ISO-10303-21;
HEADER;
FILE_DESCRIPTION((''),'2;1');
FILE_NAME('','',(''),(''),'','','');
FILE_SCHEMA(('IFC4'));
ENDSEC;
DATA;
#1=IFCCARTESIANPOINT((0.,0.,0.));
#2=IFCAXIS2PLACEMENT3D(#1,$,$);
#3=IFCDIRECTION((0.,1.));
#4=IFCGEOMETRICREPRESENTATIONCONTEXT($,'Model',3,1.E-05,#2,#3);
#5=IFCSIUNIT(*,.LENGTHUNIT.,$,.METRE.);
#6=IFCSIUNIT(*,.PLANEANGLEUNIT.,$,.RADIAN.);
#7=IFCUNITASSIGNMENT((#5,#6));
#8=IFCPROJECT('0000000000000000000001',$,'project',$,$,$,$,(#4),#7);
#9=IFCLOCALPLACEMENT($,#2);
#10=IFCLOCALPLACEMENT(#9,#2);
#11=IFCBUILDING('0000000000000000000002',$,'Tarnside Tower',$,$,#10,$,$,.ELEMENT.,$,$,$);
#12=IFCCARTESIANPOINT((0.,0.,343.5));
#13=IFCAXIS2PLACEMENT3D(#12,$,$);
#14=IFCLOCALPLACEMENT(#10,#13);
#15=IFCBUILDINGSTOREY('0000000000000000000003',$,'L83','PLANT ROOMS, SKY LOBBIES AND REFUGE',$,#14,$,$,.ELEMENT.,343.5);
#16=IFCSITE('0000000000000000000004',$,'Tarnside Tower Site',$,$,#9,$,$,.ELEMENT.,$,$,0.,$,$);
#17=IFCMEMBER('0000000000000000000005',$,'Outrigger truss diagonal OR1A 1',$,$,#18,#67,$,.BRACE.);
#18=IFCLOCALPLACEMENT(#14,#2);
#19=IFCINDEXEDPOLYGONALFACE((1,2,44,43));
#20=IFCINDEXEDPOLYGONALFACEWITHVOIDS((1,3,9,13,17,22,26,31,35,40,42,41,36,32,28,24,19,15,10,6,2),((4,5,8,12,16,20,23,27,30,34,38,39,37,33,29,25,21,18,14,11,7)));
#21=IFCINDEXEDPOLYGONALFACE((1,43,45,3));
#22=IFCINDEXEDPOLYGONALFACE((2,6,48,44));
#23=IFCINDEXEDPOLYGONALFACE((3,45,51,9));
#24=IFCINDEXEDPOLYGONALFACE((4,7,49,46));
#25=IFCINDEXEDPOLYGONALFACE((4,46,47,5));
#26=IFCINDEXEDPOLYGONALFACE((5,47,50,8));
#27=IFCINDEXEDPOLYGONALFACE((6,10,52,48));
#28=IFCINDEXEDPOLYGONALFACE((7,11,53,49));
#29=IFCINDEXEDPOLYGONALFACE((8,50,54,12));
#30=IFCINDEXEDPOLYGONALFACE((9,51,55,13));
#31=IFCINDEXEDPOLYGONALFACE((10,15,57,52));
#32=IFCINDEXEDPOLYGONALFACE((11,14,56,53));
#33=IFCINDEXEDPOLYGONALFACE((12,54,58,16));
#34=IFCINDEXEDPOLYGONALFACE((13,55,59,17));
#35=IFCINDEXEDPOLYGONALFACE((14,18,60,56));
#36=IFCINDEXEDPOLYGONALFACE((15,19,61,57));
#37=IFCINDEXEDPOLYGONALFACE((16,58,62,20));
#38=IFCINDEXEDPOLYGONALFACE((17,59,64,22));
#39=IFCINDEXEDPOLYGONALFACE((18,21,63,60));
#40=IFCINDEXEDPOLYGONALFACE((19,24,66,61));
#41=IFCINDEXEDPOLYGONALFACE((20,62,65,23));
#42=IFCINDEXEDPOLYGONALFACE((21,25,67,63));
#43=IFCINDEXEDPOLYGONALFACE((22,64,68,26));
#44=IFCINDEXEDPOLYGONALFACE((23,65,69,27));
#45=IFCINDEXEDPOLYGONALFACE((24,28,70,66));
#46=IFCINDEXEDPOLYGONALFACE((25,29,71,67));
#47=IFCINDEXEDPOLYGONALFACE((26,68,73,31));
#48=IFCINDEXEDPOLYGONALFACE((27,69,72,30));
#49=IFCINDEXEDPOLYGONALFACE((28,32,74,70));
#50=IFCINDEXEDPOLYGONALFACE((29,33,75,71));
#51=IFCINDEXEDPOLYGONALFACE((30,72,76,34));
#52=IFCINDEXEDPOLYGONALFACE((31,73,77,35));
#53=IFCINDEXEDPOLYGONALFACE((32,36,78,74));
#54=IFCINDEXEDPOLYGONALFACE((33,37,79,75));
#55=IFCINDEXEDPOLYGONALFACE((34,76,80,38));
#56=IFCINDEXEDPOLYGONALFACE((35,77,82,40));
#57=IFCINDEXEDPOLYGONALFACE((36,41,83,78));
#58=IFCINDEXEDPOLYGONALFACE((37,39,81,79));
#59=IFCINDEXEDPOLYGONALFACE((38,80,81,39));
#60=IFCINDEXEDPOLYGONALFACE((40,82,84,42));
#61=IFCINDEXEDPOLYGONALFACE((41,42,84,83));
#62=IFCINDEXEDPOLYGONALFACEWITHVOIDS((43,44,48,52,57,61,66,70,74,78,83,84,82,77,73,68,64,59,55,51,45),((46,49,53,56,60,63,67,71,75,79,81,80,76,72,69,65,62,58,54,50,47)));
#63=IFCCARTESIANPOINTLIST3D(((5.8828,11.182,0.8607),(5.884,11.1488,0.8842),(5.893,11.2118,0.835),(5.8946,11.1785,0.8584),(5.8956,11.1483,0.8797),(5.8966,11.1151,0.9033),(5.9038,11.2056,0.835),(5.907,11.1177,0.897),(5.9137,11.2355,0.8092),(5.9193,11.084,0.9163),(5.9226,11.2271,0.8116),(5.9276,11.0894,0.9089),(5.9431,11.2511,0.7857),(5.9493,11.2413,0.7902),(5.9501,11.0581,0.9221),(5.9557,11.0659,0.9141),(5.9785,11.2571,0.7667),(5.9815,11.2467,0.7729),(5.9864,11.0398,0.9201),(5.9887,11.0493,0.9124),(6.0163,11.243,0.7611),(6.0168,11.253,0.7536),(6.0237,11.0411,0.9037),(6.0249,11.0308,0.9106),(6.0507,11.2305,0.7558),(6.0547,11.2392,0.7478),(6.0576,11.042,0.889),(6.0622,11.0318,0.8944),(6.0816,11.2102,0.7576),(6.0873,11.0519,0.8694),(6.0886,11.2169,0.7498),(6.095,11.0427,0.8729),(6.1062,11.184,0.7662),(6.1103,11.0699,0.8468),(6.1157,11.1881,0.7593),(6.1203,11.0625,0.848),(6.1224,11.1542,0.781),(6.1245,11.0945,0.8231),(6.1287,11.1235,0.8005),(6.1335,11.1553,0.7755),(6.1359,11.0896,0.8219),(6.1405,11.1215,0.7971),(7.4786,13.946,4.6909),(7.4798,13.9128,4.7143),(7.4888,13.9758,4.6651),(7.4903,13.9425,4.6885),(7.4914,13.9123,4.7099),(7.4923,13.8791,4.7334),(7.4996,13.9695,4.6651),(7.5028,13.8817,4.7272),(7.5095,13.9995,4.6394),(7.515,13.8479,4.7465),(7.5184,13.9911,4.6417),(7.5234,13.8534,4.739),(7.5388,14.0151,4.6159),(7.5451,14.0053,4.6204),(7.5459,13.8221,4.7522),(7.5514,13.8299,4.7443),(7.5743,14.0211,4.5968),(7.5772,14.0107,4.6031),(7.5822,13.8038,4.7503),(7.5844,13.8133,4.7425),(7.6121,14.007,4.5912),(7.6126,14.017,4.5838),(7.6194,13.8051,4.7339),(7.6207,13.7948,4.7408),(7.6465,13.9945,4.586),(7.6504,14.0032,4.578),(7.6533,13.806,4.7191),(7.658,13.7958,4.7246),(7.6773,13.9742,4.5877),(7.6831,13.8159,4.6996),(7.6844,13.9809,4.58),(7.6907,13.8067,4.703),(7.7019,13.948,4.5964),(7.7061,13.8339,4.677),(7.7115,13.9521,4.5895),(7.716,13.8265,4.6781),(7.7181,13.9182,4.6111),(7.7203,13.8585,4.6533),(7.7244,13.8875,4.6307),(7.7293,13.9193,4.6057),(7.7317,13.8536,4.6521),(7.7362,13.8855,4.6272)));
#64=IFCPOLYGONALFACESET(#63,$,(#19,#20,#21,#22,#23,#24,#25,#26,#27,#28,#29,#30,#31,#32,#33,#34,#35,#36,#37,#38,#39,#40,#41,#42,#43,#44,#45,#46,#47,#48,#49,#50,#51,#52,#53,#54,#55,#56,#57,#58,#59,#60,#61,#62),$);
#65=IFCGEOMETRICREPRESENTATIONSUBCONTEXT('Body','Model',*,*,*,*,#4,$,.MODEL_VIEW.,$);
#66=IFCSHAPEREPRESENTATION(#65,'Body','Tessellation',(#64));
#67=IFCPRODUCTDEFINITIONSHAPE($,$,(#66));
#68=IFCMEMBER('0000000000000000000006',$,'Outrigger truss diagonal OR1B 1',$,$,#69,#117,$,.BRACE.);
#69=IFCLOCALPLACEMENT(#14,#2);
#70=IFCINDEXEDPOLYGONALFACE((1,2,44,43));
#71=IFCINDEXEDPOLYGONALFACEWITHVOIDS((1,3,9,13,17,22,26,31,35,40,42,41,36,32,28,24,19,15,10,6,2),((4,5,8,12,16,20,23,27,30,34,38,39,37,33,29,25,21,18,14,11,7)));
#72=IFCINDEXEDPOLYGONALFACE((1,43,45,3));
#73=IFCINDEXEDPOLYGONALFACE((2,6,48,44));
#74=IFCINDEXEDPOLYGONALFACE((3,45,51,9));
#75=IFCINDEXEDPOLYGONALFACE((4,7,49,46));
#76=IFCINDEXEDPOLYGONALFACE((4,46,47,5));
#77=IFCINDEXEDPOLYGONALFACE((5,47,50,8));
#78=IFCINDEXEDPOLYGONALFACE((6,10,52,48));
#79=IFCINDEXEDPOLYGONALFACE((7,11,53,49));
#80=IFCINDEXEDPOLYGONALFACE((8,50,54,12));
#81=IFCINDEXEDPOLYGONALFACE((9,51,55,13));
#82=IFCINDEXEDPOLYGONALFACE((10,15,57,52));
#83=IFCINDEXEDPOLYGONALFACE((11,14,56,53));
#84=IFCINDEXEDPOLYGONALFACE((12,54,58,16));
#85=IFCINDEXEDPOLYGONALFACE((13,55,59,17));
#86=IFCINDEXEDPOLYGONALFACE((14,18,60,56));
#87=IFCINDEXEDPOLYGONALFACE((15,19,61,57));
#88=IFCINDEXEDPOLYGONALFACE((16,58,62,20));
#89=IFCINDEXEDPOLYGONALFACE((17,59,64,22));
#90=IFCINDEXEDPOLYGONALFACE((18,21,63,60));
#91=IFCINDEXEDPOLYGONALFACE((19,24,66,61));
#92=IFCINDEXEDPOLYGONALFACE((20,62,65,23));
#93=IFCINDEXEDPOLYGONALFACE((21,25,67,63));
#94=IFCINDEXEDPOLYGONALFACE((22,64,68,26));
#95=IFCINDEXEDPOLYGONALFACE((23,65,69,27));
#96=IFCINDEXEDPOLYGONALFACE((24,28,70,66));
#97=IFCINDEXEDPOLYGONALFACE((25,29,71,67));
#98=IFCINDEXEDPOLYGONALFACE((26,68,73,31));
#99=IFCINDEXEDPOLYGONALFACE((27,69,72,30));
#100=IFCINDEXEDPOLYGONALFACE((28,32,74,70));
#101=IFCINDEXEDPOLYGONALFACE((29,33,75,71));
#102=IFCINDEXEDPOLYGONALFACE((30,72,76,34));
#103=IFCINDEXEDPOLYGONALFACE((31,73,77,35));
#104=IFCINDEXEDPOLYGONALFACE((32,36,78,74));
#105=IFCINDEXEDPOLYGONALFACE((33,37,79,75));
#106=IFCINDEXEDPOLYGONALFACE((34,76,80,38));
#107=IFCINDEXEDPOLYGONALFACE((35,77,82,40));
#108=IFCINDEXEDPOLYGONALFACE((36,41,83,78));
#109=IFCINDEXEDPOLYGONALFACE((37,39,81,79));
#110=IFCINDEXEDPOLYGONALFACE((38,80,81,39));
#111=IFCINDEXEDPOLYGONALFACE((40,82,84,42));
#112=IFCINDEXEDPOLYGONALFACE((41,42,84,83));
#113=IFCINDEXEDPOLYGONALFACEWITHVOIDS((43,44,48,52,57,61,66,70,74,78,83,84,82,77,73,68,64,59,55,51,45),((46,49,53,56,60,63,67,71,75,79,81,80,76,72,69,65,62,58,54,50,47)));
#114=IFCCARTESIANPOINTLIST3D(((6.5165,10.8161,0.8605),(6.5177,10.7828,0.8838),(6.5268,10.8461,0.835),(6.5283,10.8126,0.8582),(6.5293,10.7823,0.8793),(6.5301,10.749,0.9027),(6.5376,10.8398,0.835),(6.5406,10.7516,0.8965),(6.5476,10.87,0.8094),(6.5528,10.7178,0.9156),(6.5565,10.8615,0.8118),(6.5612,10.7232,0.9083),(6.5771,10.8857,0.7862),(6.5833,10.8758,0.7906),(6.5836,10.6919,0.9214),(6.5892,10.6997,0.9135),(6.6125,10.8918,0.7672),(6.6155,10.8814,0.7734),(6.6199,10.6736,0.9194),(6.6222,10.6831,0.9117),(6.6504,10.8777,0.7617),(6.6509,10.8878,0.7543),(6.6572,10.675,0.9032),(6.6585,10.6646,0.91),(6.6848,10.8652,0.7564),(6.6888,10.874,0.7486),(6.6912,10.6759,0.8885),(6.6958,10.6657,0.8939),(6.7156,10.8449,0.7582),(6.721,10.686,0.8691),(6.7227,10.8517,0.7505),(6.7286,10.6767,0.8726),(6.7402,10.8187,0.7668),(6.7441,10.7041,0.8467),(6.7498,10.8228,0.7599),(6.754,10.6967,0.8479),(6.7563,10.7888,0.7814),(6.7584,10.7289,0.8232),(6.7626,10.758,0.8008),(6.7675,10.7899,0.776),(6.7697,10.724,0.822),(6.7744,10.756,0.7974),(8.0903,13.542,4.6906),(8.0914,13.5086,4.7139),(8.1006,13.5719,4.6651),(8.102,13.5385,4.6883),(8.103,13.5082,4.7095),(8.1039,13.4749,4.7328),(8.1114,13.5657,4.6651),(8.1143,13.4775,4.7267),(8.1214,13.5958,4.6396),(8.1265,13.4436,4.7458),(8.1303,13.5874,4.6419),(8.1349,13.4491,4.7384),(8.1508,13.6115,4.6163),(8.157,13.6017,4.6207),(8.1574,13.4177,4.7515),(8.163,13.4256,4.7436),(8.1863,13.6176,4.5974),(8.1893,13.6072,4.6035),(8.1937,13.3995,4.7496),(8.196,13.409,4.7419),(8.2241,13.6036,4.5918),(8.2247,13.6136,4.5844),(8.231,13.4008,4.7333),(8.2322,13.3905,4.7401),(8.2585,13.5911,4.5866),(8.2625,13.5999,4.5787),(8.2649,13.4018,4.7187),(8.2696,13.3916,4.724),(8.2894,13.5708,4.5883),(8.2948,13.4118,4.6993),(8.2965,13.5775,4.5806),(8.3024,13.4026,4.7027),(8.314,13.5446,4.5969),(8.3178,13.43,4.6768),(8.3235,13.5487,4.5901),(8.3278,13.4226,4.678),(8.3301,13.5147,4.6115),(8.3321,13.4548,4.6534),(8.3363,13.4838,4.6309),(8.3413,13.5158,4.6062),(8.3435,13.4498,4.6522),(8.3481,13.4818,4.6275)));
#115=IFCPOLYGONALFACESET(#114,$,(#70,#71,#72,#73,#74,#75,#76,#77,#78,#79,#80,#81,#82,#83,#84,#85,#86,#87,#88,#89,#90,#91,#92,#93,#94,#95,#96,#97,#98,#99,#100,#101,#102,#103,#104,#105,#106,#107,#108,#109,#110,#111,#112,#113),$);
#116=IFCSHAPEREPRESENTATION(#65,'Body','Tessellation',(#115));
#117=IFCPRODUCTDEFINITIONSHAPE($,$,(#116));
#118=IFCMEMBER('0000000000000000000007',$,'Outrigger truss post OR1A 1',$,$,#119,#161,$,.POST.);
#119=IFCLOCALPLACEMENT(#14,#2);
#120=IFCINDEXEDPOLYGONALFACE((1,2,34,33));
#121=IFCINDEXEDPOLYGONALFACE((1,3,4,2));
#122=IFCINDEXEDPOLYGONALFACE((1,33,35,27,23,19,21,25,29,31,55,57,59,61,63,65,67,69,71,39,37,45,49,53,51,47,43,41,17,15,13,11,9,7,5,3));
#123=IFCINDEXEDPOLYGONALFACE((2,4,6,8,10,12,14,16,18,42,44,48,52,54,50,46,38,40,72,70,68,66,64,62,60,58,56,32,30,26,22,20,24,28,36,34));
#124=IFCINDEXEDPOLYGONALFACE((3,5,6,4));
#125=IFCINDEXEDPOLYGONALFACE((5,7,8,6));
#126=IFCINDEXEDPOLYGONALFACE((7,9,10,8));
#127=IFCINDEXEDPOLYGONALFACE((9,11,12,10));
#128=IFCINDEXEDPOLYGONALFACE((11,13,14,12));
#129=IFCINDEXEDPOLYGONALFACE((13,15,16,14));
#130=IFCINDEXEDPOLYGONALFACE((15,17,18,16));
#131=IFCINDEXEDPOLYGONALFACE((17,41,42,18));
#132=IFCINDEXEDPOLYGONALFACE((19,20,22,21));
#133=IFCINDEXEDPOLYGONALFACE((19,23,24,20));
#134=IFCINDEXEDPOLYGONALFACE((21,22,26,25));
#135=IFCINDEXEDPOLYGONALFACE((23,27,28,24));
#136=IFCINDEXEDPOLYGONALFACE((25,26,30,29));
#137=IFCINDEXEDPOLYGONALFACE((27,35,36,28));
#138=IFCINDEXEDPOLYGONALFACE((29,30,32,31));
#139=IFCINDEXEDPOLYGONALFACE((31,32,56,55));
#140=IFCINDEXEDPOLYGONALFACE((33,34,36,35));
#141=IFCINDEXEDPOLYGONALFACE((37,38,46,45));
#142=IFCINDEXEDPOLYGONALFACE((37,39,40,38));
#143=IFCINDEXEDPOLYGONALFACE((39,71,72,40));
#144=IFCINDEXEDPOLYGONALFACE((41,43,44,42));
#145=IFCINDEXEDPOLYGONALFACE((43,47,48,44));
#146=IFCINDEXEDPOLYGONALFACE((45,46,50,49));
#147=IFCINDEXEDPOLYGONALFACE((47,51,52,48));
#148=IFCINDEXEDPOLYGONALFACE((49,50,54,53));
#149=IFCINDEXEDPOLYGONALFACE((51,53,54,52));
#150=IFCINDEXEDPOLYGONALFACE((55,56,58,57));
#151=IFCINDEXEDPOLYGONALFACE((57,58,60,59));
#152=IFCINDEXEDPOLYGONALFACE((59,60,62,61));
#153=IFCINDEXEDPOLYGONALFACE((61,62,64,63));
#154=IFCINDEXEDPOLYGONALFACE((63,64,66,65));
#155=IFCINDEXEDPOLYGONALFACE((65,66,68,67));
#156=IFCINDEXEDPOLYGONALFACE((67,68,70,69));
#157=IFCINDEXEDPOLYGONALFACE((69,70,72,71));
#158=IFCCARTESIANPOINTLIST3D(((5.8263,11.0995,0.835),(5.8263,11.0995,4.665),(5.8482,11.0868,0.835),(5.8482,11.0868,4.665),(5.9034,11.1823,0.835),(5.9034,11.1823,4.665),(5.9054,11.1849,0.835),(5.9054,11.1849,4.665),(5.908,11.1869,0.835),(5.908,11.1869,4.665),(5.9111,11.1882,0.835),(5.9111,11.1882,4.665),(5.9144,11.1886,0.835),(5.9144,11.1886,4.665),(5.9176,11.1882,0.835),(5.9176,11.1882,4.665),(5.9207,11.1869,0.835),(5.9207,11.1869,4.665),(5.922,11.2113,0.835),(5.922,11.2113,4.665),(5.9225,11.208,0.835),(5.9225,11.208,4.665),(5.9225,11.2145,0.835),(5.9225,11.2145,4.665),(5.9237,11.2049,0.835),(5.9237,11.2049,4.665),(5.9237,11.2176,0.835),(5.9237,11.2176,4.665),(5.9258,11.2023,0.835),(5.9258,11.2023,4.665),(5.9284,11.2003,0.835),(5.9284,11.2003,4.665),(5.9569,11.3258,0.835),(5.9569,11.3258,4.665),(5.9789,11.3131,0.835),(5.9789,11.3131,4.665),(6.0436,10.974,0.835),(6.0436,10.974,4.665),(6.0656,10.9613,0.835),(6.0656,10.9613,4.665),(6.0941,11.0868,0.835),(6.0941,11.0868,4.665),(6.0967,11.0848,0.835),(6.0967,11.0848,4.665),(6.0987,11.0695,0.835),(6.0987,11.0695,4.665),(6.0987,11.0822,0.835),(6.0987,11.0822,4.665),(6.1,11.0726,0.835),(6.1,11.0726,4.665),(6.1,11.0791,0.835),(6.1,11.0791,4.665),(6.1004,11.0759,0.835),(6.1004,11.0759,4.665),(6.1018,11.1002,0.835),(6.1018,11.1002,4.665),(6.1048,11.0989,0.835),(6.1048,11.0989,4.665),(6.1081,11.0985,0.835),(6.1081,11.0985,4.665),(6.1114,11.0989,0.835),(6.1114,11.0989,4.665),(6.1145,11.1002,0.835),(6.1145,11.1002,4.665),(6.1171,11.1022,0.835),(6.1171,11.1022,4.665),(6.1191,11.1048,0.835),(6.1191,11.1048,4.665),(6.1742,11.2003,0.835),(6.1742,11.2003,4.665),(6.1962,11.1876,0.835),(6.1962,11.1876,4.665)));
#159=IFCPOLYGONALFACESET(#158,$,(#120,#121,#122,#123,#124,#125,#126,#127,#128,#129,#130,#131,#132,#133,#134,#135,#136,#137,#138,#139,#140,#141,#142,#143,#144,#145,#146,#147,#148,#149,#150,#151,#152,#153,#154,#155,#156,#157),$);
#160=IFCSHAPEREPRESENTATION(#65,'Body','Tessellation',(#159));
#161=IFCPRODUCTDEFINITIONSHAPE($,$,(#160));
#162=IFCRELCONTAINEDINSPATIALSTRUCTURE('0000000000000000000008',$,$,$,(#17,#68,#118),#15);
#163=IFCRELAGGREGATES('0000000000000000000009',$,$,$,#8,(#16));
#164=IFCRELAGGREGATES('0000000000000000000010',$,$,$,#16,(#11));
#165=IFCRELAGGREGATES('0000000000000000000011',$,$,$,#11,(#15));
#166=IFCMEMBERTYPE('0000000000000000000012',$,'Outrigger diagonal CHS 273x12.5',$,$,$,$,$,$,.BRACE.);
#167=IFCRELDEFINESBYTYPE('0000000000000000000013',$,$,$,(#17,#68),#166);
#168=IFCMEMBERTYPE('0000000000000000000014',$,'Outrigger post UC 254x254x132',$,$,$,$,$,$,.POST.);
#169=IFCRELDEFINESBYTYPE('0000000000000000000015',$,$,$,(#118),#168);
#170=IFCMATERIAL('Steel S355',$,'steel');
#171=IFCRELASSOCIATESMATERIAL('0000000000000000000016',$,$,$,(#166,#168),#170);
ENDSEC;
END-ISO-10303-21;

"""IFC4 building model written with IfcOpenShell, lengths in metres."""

from ifc_helpers import new_model, si_unit, direction, frame, origin, origin_2d, place, context, subcontext, project, spatial, hollow_circle, i_section, extrude, material, material_profile, profile_set, type_object, element, save


model = new_model("IFC4")

# Units and contexts
model_context = context("Model", 3, precision=1e-05, world=origin(), true_north=direction((0.0, 1.0)))
body_context = subcontext(model_context, "Body", "Model", "MODEL_VIEW")
ifc_project = project(units=[si_unit("LENGTHUNIT", "METRE"), si_unit("PLANEANGLEUNIT", "RADIAN")], contexts=[model_context])

# Site, building, storey
site_placement = place(None, origin())
site = spatial("IfcSite", under=ifc_project, at=site_placement, Name="Tarnside Tower Site", CompositionType="ELEMENT", RefElevation=0.0)
building_placement = place(site_placement, origin())
building = spatial("IfcBuilding", under=site, at=building_placement, Name="Tarnside Tower", CompositionType="ELEMENT")
storey_placement = place(building_placement, frame((0.0, 0.0, 343.5)))
storey = spatial("IfcBuildingStorey", under=building, at=storey_placement, Name="L83", Description="PLANT ROOMS, SKY LOBBIES AND REFUGE", CompositionType="ELEMENT", Elevation=343.5)

# Members
ifc_material_1 = material(Name="Steel S355", Category="steel")
ifc_material_profile_1 = material_profile(ifc_material_1, hollow_circle(Radius=0.1365, WallThickness=0.0125, at=origin_2d()), Name="CHS 273x12.5")
ifc_profile_set_1 = profile_set([ifc_material_profile_1], Name="Steel S355")
member_type_1 = type_object("IfcMemberType", Name="Outrigger diagonal CHS 273x12.5", PredefinedType="BRACE", material=ifc_profile_set_1)
member_1_placement = place(storey_placement, frame((6.0112, 11.1436, 0.835), z_axis=(0.32007, 0.554393, 0.768247), x_axis=(-0.866031, 0.49999, 0.0)))
element("IfcMember", 1, at=member_1_placement, inside=storey, type_object=member_type_1, Name="Outrigger truss diagonal OR1A 1", PredefinedType="BRACE", context=body_context, shape_type="SweptSolid", body=[
    extrude(hollow_circle(Radius=0.1365, WallThickness=0.0125, at=origin_2d()), origin(), (0.0, 0.0, 1.0), 4.9856),
])
member_2_placement = place(storey_placement, frame((6.645, 10.7778, 0.835), z_axis=(0.317448, 0.549846, 0.772591), x_axis=(-0.866029, 0.499993, 0.0)))
element("IfcMember", 2, at=member_2_placement, inside=storey, type_object=member_type_1, Name="Outrigger truss diagonal OR1B 1", PredefinedType="BRACE", context=body_context, shape_type="SweptSolid", body=[
    extrude(hollow_circle(Radius=0.1365, WallThickness=0.0125, at=origin_2d()), origin(), (0.0, 0.0, 1.0), 4.9575),
])
ifc_material_profile_2 = material_profile(ifc_material_1, i_section(OverallWidth=0.2612, OverallDepth=0.2764, WebThickness=0.0154, FlangeThickness=0.0254, FilletRadius=0.0127, at=origin_2d()), Name="UC 254x254x132")
ifc_profile_set_2 = profile_set([ifc_material_profile_2], Name="Steel S355")
member_type_2 = type_object("IfcMemberType", Name="Outrigger post UC 254x254x132", PredefinedType="POST", material=ifc_profile_set_2)
for number, where, z_axis, x_axis, name in (
    (3, (6.0112, 11.1436, 0.835), (0.0, 0.0, 1.0), (0.5, 0.866025, 0.0), "Outrigger truss post OR1A 1"),
):
    element("IfcMember", number, at=place(storey_placement, frame(where, z_axis=z_axis, x_axis=x_axis)), inside=storey, type_object=member_type_2, Name=name, PredefinedType="POST", context=body_context, shape_type="SweptSolid", body=[
        extrude(i_section(OverallWidth=0.2612, OverallDepth=0.2764, WebThickness=0.0154, FlangeThickness=0.0254, FilletRadius=0.0127, at=origin_2d()), origin(), (0.0, 0.0, 1.0), 3.8301),
    ])

save(model, "model.ifc")
